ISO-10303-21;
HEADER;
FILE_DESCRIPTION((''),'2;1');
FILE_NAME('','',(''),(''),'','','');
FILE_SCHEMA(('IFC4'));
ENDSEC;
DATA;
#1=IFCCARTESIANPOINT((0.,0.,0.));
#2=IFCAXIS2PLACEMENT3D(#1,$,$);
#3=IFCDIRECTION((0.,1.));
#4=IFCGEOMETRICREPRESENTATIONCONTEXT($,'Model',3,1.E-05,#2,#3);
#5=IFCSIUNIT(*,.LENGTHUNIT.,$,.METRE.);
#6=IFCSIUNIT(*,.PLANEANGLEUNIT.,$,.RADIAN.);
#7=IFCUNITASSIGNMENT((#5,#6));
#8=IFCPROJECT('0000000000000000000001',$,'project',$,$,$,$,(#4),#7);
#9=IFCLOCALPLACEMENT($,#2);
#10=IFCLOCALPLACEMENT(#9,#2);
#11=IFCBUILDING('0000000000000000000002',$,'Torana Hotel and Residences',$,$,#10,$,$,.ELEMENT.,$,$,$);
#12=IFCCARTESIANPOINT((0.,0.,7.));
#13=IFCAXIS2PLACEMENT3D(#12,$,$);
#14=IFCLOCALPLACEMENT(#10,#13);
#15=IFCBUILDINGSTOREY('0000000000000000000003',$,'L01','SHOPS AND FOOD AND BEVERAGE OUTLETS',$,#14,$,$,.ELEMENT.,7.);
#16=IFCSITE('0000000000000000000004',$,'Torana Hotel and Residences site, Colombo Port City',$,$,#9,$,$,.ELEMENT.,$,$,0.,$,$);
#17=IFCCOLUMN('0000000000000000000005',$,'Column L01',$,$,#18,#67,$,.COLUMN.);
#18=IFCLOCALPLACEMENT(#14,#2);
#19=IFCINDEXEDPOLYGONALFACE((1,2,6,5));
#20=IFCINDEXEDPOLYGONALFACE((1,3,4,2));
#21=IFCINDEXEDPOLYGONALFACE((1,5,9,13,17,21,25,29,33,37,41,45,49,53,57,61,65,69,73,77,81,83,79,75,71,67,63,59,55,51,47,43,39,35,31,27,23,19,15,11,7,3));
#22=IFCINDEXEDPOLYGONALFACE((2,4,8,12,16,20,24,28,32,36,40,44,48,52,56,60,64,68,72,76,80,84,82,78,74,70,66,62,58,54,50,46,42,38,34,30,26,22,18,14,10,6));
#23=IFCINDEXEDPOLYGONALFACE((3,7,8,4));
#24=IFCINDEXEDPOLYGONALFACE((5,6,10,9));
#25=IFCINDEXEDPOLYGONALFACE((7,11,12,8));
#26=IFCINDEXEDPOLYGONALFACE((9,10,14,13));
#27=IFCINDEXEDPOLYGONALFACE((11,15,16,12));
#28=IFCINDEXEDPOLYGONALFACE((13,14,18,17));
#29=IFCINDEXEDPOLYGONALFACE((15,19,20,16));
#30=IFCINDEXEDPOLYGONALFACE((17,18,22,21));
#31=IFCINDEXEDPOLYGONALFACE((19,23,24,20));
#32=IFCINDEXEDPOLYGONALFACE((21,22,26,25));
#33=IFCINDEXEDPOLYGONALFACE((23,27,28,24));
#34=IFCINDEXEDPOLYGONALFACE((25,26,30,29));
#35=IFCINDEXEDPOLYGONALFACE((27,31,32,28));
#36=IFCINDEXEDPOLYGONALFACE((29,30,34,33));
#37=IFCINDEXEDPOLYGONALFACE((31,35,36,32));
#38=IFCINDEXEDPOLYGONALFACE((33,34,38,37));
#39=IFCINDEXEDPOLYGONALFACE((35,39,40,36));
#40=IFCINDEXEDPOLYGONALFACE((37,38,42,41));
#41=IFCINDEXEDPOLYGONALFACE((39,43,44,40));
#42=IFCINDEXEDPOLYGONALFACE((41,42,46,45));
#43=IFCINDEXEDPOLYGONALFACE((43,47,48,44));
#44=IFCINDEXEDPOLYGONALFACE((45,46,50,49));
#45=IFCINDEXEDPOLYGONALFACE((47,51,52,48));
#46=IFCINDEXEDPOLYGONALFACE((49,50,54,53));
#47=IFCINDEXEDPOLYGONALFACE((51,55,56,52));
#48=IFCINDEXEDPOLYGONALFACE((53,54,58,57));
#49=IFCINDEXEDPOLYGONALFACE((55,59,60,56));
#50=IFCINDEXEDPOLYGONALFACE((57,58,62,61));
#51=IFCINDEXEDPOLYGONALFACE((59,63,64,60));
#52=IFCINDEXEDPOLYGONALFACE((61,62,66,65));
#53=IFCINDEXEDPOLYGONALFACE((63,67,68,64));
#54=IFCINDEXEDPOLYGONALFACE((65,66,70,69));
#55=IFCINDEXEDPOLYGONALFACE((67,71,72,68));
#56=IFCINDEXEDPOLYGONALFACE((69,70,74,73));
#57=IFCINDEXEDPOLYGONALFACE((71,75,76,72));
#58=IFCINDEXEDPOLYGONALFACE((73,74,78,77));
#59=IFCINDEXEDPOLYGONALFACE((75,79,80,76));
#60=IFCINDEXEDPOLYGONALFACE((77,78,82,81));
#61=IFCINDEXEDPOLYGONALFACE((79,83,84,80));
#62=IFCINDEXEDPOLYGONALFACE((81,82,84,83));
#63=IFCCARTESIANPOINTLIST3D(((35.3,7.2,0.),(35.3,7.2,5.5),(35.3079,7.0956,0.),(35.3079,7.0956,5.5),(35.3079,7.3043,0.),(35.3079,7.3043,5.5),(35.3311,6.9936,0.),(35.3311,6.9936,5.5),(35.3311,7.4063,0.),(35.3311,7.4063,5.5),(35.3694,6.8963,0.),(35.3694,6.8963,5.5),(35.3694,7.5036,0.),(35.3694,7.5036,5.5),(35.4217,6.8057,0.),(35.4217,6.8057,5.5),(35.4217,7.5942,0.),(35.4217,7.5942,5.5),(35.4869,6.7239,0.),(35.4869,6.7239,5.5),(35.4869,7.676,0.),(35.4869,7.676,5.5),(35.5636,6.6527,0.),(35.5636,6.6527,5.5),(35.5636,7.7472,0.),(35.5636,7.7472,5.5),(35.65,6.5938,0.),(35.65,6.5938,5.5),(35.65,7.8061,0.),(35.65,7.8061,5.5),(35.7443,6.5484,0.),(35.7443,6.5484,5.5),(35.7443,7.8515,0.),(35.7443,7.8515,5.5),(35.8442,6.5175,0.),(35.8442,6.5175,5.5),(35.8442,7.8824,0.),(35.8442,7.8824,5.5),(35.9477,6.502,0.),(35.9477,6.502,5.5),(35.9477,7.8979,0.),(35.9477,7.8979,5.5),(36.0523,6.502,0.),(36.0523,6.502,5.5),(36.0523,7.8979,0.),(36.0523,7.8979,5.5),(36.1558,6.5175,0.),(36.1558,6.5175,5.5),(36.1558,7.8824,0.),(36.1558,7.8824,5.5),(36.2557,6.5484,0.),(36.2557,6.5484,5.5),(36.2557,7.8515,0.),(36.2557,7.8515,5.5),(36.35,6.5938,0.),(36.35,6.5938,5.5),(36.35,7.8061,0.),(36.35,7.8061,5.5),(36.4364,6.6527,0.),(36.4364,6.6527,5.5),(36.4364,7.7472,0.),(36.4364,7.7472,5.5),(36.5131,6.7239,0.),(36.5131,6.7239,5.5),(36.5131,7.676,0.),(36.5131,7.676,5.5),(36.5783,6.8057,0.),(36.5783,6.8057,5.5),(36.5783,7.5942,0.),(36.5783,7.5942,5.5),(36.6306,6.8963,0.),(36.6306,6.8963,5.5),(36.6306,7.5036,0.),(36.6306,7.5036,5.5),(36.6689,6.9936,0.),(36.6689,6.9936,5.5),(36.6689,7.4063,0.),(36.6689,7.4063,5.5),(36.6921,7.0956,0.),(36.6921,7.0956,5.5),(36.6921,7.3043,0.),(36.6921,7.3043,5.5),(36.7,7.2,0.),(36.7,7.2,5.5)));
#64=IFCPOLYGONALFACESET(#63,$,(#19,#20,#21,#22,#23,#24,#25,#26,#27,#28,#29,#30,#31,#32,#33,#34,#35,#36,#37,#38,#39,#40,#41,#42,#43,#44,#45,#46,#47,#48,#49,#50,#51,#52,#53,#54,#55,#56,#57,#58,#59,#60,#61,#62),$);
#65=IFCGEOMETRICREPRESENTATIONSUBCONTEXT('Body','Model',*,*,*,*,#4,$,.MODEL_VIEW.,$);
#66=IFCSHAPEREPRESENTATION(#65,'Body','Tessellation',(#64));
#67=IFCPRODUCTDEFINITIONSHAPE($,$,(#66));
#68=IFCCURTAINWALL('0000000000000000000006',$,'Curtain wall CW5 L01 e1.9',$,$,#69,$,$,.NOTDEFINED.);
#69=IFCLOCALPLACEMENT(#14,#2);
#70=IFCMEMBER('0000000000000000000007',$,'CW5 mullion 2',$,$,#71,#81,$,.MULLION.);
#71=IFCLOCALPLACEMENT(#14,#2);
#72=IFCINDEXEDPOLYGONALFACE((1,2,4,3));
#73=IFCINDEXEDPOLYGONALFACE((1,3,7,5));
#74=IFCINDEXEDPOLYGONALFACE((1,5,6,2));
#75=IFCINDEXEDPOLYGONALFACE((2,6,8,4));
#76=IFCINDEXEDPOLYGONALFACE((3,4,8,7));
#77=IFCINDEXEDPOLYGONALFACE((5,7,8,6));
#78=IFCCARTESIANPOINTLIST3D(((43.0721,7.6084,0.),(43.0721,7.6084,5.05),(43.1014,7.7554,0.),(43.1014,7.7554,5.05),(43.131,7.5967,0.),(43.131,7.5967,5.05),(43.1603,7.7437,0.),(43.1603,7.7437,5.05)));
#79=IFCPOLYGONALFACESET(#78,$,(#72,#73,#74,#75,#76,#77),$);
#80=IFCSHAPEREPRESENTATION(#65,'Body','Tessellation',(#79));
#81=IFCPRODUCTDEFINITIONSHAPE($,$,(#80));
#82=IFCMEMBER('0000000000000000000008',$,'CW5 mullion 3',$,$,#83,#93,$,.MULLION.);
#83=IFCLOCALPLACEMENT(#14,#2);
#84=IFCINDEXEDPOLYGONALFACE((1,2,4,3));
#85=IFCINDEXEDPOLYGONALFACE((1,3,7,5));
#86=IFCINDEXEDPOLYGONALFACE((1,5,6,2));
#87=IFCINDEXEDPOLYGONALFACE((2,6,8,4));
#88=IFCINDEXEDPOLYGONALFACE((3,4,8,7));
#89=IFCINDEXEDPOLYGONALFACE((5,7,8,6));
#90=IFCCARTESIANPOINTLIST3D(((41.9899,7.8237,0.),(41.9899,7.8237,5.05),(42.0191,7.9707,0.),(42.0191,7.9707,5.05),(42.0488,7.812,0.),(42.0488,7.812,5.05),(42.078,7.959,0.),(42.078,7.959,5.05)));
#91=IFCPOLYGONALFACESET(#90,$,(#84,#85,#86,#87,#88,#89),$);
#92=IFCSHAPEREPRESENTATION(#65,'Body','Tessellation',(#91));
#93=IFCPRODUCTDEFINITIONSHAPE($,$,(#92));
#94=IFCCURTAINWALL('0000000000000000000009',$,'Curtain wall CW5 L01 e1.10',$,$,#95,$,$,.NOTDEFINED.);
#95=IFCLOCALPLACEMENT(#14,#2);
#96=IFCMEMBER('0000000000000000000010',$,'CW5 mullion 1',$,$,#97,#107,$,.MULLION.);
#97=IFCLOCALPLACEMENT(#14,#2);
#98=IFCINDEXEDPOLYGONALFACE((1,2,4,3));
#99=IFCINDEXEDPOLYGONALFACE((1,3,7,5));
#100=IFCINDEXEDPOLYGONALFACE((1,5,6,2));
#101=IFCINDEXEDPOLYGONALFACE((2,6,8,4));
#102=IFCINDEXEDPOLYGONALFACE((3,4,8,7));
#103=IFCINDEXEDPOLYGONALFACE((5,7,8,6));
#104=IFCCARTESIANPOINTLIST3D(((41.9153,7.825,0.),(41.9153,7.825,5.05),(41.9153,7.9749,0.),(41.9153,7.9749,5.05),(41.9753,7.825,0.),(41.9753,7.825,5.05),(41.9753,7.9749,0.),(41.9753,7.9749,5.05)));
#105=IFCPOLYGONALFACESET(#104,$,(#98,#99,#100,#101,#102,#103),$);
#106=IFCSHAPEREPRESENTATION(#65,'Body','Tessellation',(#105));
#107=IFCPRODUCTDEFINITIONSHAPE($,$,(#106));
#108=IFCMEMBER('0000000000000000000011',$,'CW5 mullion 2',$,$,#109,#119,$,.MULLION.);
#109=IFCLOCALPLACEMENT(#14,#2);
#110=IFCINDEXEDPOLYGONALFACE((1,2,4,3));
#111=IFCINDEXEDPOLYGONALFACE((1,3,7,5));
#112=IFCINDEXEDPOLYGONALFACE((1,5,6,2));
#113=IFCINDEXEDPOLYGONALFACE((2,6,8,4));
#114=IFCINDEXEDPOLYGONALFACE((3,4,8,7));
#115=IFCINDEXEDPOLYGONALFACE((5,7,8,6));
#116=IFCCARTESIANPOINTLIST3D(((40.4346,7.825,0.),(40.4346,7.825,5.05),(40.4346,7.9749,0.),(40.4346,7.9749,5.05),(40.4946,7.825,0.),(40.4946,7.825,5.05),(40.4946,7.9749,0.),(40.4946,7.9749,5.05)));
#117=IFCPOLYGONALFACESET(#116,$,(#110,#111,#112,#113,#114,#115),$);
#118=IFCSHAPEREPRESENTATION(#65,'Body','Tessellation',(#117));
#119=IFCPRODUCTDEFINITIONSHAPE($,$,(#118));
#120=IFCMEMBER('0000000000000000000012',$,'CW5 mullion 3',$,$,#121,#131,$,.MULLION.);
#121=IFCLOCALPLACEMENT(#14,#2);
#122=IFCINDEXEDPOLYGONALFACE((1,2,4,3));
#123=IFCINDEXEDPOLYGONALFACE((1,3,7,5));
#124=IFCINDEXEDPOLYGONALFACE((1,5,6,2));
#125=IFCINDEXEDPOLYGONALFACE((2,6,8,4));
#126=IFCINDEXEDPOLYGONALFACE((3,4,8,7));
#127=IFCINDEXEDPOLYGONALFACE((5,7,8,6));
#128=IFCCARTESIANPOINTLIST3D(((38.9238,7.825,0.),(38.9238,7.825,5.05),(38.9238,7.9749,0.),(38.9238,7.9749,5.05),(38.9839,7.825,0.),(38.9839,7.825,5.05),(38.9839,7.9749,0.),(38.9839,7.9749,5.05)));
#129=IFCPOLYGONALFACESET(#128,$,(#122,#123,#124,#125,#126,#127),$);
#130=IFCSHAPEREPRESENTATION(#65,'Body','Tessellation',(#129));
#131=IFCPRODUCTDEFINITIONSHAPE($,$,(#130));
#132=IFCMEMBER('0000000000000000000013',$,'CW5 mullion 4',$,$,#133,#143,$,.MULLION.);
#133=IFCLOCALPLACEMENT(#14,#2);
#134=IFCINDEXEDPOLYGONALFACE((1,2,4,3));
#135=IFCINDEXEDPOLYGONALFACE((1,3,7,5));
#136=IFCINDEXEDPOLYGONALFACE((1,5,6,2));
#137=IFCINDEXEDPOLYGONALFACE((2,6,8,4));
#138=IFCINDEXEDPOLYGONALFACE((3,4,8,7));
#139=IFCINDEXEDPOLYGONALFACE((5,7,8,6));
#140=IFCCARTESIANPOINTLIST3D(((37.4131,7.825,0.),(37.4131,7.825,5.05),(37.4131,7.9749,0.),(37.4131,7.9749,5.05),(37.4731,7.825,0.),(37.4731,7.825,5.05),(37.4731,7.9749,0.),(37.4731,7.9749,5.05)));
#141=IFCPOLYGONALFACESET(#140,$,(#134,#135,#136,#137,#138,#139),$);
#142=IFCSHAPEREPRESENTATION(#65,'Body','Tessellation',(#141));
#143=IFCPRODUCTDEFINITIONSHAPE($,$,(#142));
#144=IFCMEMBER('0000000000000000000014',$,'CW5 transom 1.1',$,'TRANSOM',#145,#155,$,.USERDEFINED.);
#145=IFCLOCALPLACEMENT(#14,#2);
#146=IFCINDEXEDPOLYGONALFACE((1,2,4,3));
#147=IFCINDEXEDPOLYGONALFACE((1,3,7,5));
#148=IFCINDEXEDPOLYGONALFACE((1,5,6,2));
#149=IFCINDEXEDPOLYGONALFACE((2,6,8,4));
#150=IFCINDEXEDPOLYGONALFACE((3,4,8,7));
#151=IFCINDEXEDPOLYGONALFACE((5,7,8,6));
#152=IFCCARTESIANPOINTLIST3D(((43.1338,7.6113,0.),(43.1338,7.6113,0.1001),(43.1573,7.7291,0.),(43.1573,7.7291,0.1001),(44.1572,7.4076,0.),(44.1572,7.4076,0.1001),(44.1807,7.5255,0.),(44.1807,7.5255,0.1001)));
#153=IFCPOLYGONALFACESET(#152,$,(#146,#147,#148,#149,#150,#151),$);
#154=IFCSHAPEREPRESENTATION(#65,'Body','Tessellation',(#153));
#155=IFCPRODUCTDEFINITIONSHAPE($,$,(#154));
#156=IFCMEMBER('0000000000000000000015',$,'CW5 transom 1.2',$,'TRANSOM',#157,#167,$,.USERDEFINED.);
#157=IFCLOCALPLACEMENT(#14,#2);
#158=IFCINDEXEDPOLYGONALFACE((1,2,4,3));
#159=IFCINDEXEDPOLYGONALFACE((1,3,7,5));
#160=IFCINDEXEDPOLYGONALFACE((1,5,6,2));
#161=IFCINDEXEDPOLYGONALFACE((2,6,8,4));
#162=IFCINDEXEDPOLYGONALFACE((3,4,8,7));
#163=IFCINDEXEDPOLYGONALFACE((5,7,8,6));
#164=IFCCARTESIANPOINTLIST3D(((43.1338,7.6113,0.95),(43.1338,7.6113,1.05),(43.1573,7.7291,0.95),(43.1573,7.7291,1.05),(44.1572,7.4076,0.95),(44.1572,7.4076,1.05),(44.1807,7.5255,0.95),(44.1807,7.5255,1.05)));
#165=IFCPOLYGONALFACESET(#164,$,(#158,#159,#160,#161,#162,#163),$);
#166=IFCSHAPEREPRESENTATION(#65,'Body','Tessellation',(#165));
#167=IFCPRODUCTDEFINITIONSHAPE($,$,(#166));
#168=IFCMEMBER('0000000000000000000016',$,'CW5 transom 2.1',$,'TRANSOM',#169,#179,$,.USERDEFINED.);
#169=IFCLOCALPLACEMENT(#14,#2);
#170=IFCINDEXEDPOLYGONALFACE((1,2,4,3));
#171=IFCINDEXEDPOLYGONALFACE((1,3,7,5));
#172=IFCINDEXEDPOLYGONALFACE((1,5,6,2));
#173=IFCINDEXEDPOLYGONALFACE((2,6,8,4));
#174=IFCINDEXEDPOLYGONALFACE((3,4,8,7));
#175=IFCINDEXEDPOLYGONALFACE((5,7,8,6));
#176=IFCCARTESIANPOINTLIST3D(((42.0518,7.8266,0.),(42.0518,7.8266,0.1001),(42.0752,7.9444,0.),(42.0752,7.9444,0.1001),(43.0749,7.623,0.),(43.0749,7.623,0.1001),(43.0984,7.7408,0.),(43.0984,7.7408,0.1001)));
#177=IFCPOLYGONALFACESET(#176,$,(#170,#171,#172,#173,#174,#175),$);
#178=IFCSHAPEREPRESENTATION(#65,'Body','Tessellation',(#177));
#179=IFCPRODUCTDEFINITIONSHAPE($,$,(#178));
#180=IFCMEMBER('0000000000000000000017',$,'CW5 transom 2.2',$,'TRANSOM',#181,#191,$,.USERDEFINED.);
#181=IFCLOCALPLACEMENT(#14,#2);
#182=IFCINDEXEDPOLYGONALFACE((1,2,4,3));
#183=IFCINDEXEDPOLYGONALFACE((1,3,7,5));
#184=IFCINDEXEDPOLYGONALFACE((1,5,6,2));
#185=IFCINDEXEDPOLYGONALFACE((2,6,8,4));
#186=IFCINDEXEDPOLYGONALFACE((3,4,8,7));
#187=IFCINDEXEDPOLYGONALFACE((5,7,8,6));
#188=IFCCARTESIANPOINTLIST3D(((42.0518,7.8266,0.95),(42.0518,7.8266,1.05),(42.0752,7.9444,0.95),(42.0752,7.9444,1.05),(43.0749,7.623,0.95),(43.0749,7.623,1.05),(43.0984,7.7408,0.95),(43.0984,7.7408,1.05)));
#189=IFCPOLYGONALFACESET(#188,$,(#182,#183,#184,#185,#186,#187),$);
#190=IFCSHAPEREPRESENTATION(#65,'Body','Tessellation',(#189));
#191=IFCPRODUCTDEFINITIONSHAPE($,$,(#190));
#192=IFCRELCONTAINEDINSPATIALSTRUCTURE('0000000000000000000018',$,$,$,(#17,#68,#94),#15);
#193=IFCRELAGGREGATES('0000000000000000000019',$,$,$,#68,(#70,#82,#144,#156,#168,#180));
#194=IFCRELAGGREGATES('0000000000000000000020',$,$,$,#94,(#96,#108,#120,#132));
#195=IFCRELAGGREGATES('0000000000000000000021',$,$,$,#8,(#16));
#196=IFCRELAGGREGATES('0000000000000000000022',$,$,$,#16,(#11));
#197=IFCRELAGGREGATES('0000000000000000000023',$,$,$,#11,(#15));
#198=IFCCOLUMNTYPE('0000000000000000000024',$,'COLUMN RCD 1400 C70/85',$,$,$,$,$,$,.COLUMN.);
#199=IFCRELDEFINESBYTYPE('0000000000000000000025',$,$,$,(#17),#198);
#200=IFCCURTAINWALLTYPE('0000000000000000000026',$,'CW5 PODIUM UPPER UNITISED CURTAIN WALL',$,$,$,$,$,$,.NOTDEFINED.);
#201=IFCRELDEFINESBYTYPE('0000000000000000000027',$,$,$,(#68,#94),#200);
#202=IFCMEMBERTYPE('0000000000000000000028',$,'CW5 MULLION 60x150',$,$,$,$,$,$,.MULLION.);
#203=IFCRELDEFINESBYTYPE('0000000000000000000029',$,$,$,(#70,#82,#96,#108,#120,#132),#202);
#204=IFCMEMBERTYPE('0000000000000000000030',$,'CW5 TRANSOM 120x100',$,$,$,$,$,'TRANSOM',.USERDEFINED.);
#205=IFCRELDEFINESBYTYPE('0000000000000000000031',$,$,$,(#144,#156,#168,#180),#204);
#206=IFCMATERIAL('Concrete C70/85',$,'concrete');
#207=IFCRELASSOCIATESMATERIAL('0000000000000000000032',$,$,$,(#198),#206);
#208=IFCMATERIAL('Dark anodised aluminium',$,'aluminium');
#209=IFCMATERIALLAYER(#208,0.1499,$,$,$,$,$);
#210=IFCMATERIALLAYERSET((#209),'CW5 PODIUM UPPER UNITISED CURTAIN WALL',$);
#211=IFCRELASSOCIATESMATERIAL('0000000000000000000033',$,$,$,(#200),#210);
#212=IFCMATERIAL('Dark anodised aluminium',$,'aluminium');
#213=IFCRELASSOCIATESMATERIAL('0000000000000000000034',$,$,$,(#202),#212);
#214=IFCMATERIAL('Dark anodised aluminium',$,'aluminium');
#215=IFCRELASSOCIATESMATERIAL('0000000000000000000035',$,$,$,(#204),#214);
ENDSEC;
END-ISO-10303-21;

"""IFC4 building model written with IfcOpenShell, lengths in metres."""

from ifc_helpers import new_model, si_unit, direction, frame, origin, origin_2d, place, context, subcontext, project, spatial, rectangle, circle, extrude, material, layer, layer_set, material_profile, profile_set, type_object, element, aggregate, save


model = new_model("IFC4")

# Units and contexts
model_context = context("Model", 3, precision=1e-05, world=origin(), true_north=direction((0.0, 1.0)))
body_context = subcontext(model_context, "Body", "Model", "MODEL_VIEW")
ifc_project = project(units=[si_unit("LENGTHUNIT", "METRE"), si_unit("PLANEANGLEUNIT", "RADIAN")], contexts=[model_context])

# Site, building, storey
site_placement = place(None, origin())
site = spatial("IfcSite", under=ifc_project, at=site_placement, Name="Torana Hotel and Residences site, Colombo Port City", CompositionType="ELEMENT", RefElevation=0.0)
building_placement = place(site_placement, origin())
building = spatial("IfcBuilding", under=site, at=building_placement, Name="Torana Hotel and Residences", CompositionType="ELEMENT")
storey_placement = place(building_placement, frame((0.0, 0.0, 7.0)))
storey = spatial("IfcBuildingStorey", under=building, at=storey_placement, Name="L01", Description="SHOPS AND FOOD AND BEVERAGE OUTLETS", CompositionType="ELEMENT", Elevation=7.0)

# Column
ifc_material_1 = material(Name="Concrete C70/85", Category="concrete")
ifc_material_profile_1 = material_profile(ifc_material_1, circle(Radius=0.7, at=origin_2d()), Name="RCD 1400")
ifc_profile_set_1 = profile_set([ifc_material_profile_1], Name="Concrete C70/85")
column_type = type_object("IfcColumnType", Name="COLUMN RCD 1400 C70/85", PredefinedType="COLUMN", material=ifc_profile_set_1)
column_placement = place(storey_placement, frame((36.0, 7.2, 0.0), z_axis=(0.0, 0.0, 1.0), x_axis=(1.0, 0.0, 0.0)))
element("IfcColumn", 1, at=column_placement, inside=storey, type_object=column_type, Name="Column L01", PredefinedType="COLUMN", context=body_context, shape_type="SweptSolid", body=[
    extrude(circle(Radius=0.7, at=origin_2d()), origin(), (0.0, 0.0, 1.0), 5.5),
])

# Curtain walls, members
ifc_material_2 = material(Name="Dark anodised aluminium", Category="aluminium")
ifc_layer_1 = layer(ifc_material_2, 0.1499)
ifc_layer_set_1 = layer_set([ifc_layer_1], Name="CW5 PODIUM UPPER UNITISED CURTAIN WALL")
curtain_wall_type = type_object("IfcCurtainWallType", Name="CW5 PODIUM UPPER UNITISED CURTAIN WALL", PredefinedType="NOTDEFINED", material=ifc_layer_set_1)
curtain_wall_1_placement = place(storey_placement, origin())
curtain_wall_1 = element("IfcCurtainWall", 2, at=curtain_wall_1_placement, inside=storey, type_object=curtain_wall_type, Name="Curtain wall CW5 L01 e1.9", PredefinedType="NOTDEFINED")
ifc_material_3 = material(Name="Dark anodised aluminium", Category="aluminium")
ifc_material_profile_2 = material_profile(ifc_material_3, rectangle(XDim=0.1499, YDim=0.0601, at=origin_2d()), Name="CW5 MULLION 60x150")
ifc_profile_set_2 = profile_set([ifc_material_profile_2], Name="Dark anodised aluminium")
member_type_1 = type_object("IfcMemberType", Name="CW5 MULLION 60x150", PredefinedType="MULLION", material=ifc_profile_set_2)
member_1_placement = place(storey_placement, frame((43.1162, 7.676, 0.0), z_axis=(0.0, 0.0, 1.0), x_axis=(-0.195081, -0.980787, 0.0)))
member_1 = element("IfcMember", 3, at=member_1_placement, type_object=member_type_1, Name="CW5 mullion 2", PredefinedType="MULLION", context=body_context, shape_type="SweptSolid", body=[
    extrude(rectangle(XDim=0.1499, YDim=0.0601, at=origin_2d()), origin(), (0.0, 0.0, 1.0), 5.05),
])
member_2_placement = place(storey_placement, frame((42.0339, 7.8914, 0.0), z_axis=(0.0, 0.0, 1.0), x_axis=(-0.195081, -0.980787, 0.0)))
member_2 = element("IfcMember", 4, at=member_2_placement, type_object=member_type_1, Name="CW5 mullion 3", PredefinedType="MULLION", context=body_context, shape_type="SweptSolid", body=[
    extrude(rectangle(XDim=0.1499, YDim=0.0601, at=origin_2d()), origin(), (0.0, 0.0, 1.0), 5.05),
])
curtain_wall_2_placement = place(storey_placement, origin())
curtain_wall_2 = element("IfcCurtainWall", 5, at=curtain_wall_2_placement, inside=storey, type_object=curtain_wall_type, Name="Curtain wall CW5 L01 e1.10", PredefinedType="NOTDEFINED")
member_3_placement = place(storey_placement, frame((41.9453, 7.8999, 0.0), z_axis=(0.0, 0.0, 1.0), x_axis=(0.0, -1.0, 0.0)))
member_3 = element("IfcMember", 6, at=member_3_placement, type_object=member_type_1, Name="CW5 mullion 1", PredefinedType="MULLION", context=body_context, shape_type="SweptSolid", body=[
    extrude(rectangle(XDim=0.1499, YDim=0.0601, at=origin_2d()), origin(), (0.0, 0.0, 1.0), 5.05),
])
member_4_placement = place(storey_placement, frame((40.4646, 7.8999, 0.0), z_axis=(0.0, 0.0, 1.0), x_axis=(0.0, -1.0, 0.0)))
member_4 = element("IfcMember", 7, at=member_4_placement, type_object=member_type_1, Name="CW5 mullion 2", PredefinedType="MULLION", context=body_context, shape_type="SweptSolid", body=[
    extrude(rectangle(XDim=0.1499, YDim=0.0601, at=origin_2d()), origin(), (0.0, 0.0, 1.0), 5.05),
])
member_5_placement = place(storey_placement, frame((38.9539, 7.8999, 0.0), z_axis=(0.0, 0.0, 1.0), x_axis=(0.0, -1.0, 0.0)))
member_5 = element("IfcMember", 8, at=member_5_placement, type_object=member_type_1, Name="CW5 mullion 3", PredefinedType="MULLION", context=body_context, shape_type="SweptSolid", body=[
    extrude(rectangle(XDim=0.1499, YDim=0.0601, at=origin_2d()), origin(), (0.0, 0.0, 1.0), 5.05),
])
member_6_placement = place(storey_placement, frame((37.4431, 7.8999, 0.0), z_axis=(0.0, 0.0, 1.0), x_axis=(0.0, -1.0, 0.0)))
member_6 = element("IfcMember", 9, at=member_6_placement, type_object=member_type_1, Name="CW5 mullion 4", PredefinedType="MULLION", context=body_context, shape_type="SweptSolid", body=[
    extrude(rectangle(XDim=0.1499, YDim=0.0601, at=origin_2d()), origin(), (0.0, 0.0, 1.0), 5.05),
])

# Members
ifc_material_4 = material(Name="Dark anodised aluminium", Category="aluminium")
ifc_material_profile_3 = material_profile(ifc_material_4, rectangle(XDim=0.1201, YDim=0.1001, at=origin_2d()), Name="CW5 TRANSOM 120x100")
ifc_profile_set_3 = profile_set([ifc_material_profile_3], Name="Dark anodised aluminium")
member_type_2 = type_object("IfcMemberType", Name="CW5 TRANSOM 120x100", ElementType="TRANSOM", PredefinedType="USERDEFINED", material=ifc_profile_set_3)
member_7_placement = place(storey_placement, frame((44.1689, 7.4666, 0.05), z_axis=(-0.980778, 0.195126, 0.0), x_axis=(-0.195126, -0.980778, 0.0)))
member_7 = element("IfcMember", 10, at=member_7_placement, type_object=member_type_2, Name="CW5 transom 1.1", ObjectType="TRANSOM", PredefinedType="USERDEFINED", context=body_context, shape_type="SweptSolid", body=[
    extrude(rectangle(XDim=0.1201, YDim=0.1001, at=origin_2d()), origin(), (0.0, 0.0, 1.0), 1.0435),
])
member_8_placement = place(storey_placement, frame((44.1689, 7.4666, 1.0), z_axis=(-0.980778, 0.195126, 0.0), x_axis=(-0.195126, -0.980778, 0.0)))
member_8 = element("IfcMember", 11, at=member_8_placement, type_object=member_type_2, Name="CW5 transom 1.2", ObjectType="TRANSOM", PredefinedType="USERDEFINED", context=body_context, shape_type="SweptSolid", body=[
    extrude(rectangle(XDim=0.1201, YDim=0.1001, at=origin_2d()), origin(), (0.0, 0.0, 1.0), 1.0435),
])
member_9_placement = place(storey_placement, frame((43.0867, 7.6819, 0.05), z_axis=(-0.980769, 0.195171, 0.0), x_axis=(-0.195171, -0.980769, 0.0)))
member_9 = element("IfcMember", 12, at=member_9_placement, type_object=member_type_2, Name="CW5 transom 2.1", ObjectType="TRANSOM", PredefinedType="USERDEFINED", context=body_context, shape_type="SweptSolid", body=[
    extrude(rectangle(XDim=0.1201, YDim=0.1001, at=origin_2d()), origin(), (0.0, 0.0, 1.0), 1.0432),
])
member_10_placement = place(storey_placement, frame((43.0867, 7.6819, 1.0), z_axis=(-0.980769, 0.195171, 0.0), x_axis=(-0.195171, -0.980769, 0.0)))
member_10 = element("IfcMember", 13, at=member_10_placement, type_object=member_type_2, Name="CW5 transom 2.2", ObjectType="TRANSOM", PredefinedType="USERDEFINED", context=body_context, shape_type="SweptSolid", body=[
    extrude(rectangle(XDim=0.1201, YDim=0.1001, at=origin_2d()), origin(), (0.0, 0.0, 1.0), 1.0432),
])

aggregate(curtain_wall_1, [member_1, member_2, member_7, member_8, member_9, member_10])
aggregate(curtain_wall_2, [member_3, member_4, member_5, member_6])

save(model, "model.ifc")
